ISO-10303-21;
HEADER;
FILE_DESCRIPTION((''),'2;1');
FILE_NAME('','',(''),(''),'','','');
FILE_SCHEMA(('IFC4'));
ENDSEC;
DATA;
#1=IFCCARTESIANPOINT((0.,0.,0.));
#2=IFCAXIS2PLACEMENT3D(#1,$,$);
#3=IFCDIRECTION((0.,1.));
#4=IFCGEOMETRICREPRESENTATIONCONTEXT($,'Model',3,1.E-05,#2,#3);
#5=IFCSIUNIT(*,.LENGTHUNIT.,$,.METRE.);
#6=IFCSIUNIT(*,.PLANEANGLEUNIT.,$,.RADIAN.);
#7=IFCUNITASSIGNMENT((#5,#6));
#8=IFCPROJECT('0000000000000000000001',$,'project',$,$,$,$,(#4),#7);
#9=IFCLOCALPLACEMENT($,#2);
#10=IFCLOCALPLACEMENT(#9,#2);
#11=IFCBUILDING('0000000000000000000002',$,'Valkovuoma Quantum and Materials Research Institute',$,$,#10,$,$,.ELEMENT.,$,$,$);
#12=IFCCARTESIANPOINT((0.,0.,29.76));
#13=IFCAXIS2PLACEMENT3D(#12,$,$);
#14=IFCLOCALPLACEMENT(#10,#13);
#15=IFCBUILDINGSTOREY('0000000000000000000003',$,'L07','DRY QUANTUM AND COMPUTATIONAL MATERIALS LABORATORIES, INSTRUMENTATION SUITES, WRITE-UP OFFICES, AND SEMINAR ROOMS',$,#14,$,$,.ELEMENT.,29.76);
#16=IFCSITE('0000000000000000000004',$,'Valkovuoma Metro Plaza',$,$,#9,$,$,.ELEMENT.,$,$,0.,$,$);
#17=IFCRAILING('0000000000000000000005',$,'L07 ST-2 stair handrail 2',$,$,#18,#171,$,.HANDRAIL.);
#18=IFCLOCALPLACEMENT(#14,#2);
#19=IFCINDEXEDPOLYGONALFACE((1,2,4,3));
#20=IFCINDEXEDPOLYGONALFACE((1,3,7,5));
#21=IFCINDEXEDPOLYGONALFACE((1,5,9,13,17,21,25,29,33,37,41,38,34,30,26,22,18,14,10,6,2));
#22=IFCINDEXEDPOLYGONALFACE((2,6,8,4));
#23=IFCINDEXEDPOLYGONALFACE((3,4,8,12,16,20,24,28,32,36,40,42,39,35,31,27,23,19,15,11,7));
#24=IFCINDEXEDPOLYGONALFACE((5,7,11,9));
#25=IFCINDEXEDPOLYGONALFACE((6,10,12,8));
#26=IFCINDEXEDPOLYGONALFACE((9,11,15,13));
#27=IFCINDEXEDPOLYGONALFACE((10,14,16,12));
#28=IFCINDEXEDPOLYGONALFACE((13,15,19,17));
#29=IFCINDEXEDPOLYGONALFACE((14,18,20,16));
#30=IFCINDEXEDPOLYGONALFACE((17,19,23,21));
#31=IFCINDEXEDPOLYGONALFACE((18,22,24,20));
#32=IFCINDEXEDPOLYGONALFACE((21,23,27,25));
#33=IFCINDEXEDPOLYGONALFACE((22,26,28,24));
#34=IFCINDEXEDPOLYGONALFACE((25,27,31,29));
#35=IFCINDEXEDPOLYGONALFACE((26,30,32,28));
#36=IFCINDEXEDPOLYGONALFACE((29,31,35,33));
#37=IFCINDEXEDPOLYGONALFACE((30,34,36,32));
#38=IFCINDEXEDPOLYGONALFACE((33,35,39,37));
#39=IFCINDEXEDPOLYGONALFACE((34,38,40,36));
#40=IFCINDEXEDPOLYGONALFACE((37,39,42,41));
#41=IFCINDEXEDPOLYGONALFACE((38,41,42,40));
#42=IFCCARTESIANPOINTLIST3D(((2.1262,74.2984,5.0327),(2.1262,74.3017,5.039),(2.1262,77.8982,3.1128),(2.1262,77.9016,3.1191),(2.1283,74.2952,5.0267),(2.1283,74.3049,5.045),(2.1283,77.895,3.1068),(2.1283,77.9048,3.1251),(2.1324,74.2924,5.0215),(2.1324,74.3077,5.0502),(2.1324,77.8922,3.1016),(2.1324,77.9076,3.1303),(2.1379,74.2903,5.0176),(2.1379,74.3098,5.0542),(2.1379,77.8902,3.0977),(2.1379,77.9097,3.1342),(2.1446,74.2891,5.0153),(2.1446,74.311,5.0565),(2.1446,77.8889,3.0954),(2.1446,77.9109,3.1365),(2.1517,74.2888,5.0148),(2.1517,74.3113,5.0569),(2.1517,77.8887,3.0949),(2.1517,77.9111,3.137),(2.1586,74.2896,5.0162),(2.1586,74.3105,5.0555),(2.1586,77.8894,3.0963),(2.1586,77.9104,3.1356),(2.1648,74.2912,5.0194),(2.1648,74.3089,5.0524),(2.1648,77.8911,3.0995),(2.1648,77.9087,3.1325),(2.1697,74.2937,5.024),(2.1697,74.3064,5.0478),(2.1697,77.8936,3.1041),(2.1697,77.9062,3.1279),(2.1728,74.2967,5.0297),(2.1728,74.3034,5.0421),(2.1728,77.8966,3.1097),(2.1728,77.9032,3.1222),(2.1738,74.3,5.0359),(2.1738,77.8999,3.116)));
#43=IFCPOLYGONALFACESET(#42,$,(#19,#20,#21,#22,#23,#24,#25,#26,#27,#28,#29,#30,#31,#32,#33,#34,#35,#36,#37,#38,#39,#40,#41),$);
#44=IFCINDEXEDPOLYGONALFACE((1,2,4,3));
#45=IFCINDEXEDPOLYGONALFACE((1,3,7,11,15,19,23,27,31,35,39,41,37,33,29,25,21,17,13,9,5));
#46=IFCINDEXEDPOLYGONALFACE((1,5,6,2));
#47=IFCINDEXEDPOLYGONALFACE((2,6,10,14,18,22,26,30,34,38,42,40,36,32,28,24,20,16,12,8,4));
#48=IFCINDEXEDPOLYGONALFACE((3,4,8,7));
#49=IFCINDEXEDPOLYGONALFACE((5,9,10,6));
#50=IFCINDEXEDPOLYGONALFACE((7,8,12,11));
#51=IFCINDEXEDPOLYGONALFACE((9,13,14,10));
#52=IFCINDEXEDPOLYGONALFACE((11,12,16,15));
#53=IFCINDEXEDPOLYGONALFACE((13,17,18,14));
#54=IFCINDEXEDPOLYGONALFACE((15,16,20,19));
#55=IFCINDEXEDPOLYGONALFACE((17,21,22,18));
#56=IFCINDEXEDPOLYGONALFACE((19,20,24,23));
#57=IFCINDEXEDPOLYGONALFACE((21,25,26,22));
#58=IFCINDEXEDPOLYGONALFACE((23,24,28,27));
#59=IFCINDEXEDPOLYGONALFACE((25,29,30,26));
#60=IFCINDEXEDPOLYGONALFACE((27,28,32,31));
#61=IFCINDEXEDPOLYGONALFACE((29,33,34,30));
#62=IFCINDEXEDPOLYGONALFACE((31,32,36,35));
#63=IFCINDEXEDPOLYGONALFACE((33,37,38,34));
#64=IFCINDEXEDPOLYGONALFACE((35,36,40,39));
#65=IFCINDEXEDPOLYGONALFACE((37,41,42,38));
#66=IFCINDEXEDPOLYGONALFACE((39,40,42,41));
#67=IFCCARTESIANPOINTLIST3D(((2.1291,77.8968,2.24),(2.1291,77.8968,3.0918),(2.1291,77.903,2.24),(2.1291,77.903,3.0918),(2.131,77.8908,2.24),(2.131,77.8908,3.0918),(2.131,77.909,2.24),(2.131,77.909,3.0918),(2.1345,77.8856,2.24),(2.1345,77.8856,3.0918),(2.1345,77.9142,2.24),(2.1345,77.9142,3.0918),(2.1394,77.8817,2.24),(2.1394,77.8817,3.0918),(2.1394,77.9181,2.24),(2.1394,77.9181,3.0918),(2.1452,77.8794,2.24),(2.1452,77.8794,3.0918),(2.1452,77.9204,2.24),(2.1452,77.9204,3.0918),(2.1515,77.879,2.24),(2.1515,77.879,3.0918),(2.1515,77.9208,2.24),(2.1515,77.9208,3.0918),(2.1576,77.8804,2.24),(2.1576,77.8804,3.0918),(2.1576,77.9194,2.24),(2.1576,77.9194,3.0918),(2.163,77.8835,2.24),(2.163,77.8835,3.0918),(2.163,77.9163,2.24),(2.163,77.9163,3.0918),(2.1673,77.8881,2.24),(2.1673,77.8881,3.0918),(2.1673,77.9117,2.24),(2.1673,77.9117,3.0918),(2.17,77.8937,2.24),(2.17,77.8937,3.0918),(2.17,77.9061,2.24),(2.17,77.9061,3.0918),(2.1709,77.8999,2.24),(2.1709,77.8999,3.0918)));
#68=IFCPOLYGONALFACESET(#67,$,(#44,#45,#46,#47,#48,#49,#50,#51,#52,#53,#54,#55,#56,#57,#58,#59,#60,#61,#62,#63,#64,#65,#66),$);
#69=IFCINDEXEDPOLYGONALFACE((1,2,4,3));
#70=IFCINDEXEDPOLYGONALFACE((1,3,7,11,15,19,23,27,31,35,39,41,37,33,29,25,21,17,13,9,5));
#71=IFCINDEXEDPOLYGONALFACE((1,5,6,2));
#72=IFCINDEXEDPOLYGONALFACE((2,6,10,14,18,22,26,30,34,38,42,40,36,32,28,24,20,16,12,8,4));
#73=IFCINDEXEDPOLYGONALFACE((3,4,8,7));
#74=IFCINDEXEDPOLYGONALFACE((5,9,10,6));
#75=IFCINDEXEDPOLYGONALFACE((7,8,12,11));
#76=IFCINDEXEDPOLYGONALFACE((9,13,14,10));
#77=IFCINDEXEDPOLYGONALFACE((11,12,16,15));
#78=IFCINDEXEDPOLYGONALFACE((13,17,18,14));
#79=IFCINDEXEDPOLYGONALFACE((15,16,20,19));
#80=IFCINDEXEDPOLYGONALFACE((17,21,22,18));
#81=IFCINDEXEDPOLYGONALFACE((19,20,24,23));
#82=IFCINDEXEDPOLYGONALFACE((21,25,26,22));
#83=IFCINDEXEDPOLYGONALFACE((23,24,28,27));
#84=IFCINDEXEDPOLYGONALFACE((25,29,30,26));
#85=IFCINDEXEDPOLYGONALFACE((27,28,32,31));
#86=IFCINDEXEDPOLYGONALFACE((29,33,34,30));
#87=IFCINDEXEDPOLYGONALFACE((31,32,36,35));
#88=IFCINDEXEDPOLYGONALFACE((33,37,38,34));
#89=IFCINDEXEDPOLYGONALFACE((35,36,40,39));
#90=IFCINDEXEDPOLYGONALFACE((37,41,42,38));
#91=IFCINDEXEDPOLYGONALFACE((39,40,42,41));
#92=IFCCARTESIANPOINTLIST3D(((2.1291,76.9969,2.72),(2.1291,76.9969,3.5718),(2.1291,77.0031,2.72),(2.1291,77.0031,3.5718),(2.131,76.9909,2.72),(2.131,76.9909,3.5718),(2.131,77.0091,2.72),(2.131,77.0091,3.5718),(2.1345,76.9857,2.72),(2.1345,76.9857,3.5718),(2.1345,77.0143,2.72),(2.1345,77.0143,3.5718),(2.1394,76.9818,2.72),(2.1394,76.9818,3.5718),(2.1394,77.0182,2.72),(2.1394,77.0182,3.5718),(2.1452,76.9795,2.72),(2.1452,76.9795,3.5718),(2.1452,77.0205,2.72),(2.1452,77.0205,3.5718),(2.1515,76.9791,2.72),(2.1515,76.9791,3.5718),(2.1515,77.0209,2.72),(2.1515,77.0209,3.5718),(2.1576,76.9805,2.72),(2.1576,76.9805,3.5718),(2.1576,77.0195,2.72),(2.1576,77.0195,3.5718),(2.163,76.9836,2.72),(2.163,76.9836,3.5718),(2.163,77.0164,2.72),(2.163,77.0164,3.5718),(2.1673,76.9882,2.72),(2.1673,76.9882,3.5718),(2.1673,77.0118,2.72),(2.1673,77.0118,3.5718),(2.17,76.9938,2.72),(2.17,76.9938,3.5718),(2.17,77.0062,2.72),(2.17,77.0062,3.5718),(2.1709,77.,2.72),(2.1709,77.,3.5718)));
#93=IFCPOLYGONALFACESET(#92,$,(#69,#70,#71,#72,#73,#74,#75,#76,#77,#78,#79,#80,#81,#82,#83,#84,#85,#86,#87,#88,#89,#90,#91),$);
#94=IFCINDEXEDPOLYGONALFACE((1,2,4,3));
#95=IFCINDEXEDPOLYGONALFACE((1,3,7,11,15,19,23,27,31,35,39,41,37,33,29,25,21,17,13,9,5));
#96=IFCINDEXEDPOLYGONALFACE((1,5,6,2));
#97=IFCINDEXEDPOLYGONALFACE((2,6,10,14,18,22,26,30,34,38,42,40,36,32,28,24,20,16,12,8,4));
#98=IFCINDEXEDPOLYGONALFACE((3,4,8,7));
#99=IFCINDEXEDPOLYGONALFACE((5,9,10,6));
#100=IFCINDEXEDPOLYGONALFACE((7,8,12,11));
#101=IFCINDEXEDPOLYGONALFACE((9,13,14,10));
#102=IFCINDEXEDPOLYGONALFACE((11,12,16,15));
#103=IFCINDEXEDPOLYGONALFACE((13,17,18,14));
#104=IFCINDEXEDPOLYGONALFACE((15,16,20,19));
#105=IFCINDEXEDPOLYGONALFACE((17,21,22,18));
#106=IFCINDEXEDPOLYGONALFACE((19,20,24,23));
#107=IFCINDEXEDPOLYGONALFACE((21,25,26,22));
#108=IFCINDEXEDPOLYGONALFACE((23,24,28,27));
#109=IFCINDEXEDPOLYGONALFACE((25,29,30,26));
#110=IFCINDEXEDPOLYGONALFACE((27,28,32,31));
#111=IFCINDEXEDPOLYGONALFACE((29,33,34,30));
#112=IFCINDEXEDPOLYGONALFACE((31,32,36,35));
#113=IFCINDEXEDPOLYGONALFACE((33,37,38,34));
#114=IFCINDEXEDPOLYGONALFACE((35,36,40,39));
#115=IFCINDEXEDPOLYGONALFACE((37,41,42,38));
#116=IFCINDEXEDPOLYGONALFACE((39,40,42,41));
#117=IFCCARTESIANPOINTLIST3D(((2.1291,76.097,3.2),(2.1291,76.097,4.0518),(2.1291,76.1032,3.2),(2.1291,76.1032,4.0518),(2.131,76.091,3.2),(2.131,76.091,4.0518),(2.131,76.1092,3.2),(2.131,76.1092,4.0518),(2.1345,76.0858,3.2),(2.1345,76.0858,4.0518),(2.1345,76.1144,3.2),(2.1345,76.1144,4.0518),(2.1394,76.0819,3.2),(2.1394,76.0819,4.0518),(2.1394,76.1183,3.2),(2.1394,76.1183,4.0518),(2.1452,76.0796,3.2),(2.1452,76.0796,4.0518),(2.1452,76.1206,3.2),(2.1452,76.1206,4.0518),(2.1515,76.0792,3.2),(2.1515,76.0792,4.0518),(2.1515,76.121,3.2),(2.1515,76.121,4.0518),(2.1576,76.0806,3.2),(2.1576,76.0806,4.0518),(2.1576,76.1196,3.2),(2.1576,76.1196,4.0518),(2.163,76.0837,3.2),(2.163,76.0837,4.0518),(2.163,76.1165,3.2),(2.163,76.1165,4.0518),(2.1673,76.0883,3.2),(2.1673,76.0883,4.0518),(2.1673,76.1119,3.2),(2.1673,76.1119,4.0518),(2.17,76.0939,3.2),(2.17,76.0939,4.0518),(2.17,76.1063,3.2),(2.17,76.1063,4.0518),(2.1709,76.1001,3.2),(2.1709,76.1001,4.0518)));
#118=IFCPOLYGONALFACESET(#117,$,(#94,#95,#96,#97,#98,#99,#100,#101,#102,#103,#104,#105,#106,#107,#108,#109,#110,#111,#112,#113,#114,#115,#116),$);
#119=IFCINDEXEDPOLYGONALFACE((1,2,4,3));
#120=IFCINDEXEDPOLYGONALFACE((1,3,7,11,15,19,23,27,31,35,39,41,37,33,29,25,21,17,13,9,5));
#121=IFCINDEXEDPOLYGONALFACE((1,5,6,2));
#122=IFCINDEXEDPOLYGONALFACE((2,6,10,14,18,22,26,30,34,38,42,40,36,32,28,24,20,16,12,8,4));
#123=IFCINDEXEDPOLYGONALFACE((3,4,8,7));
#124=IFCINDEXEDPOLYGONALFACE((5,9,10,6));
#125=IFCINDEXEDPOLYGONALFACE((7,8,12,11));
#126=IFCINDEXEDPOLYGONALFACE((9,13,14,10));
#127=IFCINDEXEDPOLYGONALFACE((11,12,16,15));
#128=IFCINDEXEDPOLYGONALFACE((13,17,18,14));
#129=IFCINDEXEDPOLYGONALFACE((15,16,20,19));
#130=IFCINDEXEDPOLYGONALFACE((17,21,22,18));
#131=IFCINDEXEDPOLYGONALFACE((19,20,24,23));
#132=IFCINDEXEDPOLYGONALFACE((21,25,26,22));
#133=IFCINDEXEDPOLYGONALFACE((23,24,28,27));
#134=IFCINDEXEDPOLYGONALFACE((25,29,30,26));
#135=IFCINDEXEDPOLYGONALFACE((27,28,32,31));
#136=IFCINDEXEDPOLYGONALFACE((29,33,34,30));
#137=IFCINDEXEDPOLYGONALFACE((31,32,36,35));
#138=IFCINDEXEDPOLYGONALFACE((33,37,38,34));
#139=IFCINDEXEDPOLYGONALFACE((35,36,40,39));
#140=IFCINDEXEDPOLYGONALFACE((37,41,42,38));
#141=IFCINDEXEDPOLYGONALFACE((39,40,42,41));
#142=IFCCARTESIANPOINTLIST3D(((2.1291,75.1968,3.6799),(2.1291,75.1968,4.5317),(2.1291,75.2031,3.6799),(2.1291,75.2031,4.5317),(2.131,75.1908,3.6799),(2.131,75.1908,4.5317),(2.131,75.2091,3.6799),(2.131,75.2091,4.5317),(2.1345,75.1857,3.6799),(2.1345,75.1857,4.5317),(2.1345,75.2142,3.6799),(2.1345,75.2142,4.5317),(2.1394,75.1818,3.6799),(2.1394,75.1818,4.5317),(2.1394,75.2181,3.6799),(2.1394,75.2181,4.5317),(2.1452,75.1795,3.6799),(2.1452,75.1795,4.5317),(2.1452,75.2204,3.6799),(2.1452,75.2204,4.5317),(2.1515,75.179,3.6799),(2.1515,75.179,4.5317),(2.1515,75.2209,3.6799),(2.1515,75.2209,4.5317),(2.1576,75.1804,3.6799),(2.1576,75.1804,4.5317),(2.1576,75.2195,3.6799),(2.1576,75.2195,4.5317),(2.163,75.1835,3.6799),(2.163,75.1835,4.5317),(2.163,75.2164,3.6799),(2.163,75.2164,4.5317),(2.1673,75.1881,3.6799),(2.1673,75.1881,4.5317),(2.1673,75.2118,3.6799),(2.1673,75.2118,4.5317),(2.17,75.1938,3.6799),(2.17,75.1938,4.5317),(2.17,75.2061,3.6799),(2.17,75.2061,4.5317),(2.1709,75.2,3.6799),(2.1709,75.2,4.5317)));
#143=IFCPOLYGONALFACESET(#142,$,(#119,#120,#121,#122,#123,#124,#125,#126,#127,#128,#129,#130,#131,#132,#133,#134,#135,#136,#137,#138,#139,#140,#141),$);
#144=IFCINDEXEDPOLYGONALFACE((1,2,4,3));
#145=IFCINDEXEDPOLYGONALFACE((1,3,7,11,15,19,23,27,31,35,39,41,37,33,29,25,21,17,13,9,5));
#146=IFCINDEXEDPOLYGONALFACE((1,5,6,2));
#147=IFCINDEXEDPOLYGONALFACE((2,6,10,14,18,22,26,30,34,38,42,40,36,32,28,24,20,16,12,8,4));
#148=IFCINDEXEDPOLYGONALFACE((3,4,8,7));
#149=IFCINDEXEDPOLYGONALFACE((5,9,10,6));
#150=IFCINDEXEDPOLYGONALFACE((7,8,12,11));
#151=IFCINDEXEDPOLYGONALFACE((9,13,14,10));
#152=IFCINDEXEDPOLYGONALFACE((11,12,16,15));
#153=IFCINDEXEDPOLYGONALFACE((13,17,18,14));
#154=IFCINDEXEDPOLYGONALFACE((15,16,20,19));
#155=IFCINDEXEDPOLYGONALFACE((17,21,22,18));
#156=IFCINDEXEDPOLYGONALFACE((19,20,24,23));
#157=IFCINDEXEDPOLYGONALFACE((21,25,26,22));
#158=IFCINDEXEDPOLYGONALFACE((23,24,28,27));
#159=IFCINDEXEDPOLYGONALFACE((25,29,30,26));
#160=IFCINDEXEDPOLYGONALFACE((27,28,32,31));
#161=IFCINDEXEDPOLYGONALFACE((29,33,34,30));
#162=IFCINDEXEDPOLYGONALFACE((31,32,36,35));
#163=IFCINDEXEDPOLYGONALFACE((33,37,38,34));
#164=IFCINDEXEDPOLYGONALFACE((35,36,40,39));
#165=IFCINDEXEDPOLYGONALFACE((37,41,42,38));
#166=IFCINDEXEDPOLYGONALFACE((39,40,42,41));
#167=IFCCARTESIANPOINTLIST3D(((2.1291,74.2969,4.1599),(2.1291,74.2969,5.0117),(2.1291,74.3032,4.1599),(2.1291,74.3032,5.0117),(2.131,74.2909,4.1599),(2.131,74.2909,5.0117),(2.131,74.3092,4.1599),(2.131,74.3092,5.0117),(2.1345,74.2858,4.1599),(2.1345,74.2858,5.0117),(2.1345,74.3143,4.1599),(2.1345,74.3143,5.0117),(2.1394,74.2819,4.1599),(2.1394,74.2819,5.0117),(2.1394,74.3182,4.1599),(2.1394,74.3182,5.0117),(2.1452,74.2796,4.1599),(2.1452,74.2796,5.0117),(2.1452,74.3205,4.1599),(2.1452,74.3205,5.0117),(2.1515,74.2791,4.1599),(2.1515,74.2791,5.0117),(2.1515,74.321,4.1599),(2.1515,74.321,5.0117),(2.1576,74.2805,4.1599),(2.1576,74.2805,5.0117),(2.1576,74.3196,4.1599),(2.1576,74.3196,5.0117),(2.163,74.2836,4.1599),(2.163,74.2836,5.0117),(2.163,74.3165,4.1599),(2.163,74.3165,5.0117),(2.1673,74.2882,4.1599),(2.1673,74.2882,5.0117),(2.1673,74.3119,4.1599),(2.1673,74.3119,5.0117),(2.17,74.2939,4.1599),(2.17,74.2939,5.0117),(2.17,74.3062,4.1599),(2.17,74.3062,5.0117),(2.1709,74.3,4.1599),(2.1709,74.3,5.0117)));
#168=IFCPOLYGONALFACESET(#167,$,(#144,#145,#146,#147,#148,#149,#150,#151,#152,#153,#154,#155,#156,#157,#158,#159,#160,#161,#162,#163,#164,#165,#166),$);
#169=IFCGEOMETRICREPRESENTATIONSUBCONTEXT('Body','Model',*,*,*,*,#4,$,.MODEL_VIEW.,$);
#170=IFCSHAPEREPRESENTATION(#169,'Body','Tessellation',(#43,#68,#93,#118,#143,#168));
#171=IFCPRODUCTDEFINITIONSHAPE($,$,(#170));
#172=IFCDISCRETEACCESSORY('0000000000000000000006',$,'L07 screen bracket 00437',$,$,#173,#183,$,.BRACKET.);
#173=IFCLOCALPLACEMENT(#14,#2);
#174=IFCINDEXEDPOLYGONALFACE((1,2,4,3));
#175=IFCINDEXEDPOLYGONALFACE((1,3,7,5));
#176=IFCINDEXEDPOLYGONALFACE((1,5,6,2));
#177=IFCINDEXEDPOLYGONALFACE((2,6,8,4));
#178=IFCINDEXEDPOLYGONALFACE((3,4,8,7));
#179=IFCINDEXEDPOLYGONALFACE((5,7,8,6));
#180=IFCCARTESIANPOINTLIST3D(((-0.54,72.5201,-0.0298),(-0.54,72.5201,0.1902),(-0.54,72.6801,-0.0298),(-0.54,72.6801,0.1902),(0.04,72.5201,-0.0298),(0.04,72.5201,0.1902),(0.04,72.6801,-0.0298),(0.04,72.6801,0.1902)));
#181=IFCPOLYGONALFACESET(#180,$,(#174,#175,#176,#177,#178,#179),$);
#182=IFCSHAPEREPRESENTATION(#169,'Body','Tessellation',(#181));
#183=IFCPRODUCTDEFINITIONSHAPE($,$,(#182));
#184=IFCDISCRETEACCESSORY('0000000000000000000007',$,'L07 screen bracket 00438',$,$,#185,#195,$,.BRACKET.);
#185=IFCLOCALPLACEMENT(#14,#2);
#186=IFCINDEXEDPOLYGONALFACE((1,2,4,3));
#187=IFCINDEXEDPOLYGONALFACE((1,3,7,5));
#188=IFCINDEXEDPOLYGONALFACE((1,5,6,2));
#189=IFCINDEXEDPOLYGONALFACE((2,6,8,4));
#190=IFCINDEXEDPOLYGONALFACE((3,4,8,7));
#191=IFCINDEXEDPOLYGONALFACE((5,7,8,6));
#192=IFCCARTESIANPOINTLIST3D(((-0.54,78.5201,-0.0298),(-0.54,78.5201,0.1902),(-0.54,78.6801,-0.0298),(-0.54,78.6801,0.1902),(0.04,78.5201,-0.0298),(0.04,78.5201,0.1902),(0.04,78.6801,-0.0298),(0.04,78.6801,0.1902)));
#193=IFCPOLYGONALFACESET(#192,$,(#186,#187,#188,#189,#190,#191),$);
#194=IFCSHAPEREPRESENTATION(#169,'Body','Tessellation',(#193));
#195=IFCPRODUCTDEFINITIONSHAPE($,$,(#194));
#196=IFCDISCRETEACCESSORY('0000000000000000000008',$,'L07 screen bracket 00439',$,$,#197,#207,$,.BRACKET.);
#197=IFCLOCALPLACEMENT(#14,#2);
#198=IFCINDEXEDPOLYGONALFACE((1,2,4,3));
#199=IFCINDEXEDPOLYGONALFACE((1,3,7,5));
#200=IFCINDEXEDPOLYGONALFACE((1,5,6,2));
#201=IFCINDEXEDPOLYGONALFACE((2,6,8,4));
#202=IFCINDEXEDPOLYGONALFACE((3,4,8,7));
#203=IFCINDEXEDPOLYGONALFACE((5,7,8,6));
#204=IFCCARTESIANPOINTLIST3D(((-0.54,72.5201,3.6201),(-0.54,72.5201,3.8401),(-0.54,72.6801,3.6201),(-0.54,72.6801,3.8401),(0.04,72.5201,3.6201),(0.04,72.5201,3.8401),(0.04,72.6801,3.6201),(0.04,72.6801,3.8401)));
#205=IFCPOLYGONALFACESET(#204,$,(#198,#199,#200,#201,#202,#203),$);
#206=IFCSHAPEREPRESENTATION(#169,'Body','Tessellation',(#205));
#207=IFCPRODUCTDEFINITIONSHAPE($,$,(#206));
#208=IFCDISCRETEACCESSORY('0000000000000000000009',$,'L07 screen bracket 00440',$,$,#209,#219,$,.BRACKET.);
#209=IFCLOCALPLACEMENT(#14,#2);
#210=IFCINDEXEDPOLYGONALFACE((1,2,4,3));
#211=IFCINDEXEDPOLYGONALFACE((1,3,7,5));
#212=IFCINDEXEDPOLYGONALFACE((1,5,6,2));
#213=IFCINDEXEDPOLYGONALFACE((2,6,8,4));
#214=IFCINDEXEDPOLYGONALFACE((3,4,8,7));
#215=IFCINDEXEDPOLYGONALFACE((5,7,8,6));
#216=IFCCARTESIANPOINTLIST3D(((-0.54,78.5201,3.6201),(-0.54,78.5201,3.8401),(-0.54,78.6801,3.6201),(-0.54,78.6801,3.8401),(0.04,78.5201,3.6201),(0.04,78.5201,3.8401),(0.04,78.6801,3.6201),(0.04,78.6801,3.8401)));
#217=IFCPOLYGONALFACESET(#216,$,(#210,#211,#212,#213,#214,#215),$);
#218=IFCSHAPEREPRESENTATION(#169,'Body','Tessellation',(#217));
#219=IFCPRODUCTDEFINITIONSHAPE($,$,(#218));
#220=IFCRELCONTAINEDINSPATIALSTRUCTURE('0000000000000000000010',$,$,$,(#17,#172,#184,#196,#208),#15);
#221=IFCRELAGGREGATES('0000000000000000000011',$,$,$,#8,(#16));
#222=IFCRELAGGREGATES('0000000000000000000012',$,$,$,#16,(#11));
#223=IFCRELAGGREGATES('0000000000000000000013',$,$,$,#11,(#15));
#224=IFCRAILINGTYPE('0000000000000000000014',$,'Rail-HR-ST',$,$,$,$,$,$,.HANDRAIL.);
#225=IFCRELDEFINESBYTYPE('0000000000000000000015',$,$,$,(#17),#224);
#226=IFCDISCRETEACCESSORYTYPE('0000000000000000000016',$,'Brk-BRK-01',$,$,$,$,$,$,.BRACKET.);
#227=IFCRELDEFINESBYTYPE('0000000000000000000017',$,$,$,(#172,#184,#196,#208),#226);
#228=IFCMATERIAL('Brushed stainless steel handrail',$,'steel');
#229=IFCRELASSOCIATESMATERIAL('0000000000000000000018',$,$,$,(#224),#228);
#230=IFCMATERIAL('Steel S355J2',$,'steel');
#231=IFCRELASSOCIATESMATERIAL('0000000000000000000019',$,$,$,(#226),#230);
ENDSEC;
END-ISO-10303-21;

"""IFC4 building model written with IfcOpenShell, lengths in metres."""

from ifc_helpers import new_model, si_unit, direction, frame, origin, origin_2d, place, context, subcontext, project, spatial, rectangle, circle, extrude, material, type_object, element, save


model = new_model("IFC4")

# Units and contexts
model_context = context("Model", 3, precision=1e-05, world=origin(), true_north=direction((0.0, 1.0)))
body_context = subcontext(model_context, "Body", "Model", "MODEL_VIEW")
ifc_project = project(units=[si_unit("LENGTHUNIT", "METRE"), si_unit("PLANEANGLEUNIT", "RADIAN")], contexts=[model_context])

# Site, building, storey
site_placement = place(None, origin())
site = spatial("IfcSite", under=ifc_project, at=site_placement, Name="Valkovuoma Metro Plaza", CompositionType="ELEMENT", RefElevation=0.0)
building_placement = place(site_placement, origin())
building = spatial("IfcBuilding", under=site, at=building_placement, Name="Valkovuoma Quantum and Materials Research Institute", CompositionType="ELEMENT")
storey_placement = place(building_placement, frame((0.0, 0.0, 29.76)))
storey = spatial("IfcBuildingStorey", under=building, at=storey_placement, Name="L07", Description="DRY QUANTUM AND COMPUTATIONAL MATERIALS LABORATORIES, INSTRUMENTATION SUITES, WRITE-UP OFFICES, AND SEMINAR ROOMS", CompositionType="ELEMENT", Elevation=29.76)

# Railing
ifc_material_1 = material(Name="Brushed stainless steel handrail", Category="steel")
railing_type_1 = type_object("IfcRailingType", Name="Rail-HR-ST", PredefinedType="HANDRAIL", material=ifc_material_1)
railing_1_placement = place(storey_placement, frame((2.1499, 77.8999, 2.24)))
element("IfcRailing", 1, at=railing_1_placement, inside=storey, type_object=railing_type_1, Name="L07 ST-2 stair handrail 2", PredefinedType="HANDRAIL", context=body_context, shape_type="SweptSolid", body=[
    extrude(circle(Radius=0.0239, at=origin_2d()), frame((0.0, 0.0, 0.876), z_axis=(0.0, -0.882353, 0.470588), x_axis=(1.0, 0.0, 0.0)), (0.0, 0.0, 1.0), 4.0798),
    extrude(circle(Radius=0.021, at=origin_2d()), origin(), (0.0, 0.0, 1.0), 0.8518),
    extrude(circle(Radius=0.021, at=origin_2d()), frame((0.0, -0.8999, 0.48)), (0.0, 0.0, 1.0), 0.8518),
    extrude(circle(Radius=0.021, at=origin_2d()), frame((0.0, -1.7998, 0.96)), (0.0, 0.0, 1.0), 0.8518),
    extrude(circle(Radius=0.021, at=origin_2d()), frame((0.0, -2.7, 1.4399)), (0.0, 0.0, 1.0), 0.8518),
    extrude(circle(Radius=0.021, at=origin_2d()), frame((0.0, -3.5999, 1.9199)), (0.0, 0.0, 1.0), 0.8518),
])

# Discrete accessories
ifc_material_2 = material(Name="Steel S355J2", Category="steel")
discrete_accessory_type = type_object("IfcDiscreteAccessoryType", Name="Brk-BRK-01", PredefinedType="BRACKET", material=ifc_material_2)
for number, where, z_axis, x_axis, name in (
    (2, (-0.25, 72.6001, -0.0298), (0.0, 0.0, 1.0), (1.0, 0.0, 0.0), "L07 screen bracket 00437"),
    (3, (-0.25, 78.6001, -0.0298), (0.0, 0.0, 1.0), (1.0, 0.0, 0.0), "L07 screen bracket 00438"),
    (4, (-0.25, 72.6001, 3.6201), (0.0, 0.0, 1.0), (1.0, 0.0, 0.0), "L07 screen bracket 00439"),
    (5, (-0.25, 78.6001, 3.6201), (0.0, 0.0, 1.0), (1.0, 0.0, 0.0), "L07 screen bracket 00440"),
):
    element("IfcDiscreteAccessory", number, at=place(storey_placement, frame(where, z_axis=z_axis, x_axis=x_axis)), inside=storey, type_object=discrete_accessory_type, Name=name, PredefinedType="BRACKET", context=body_context, shape_type="SweptSolid", body=[
        extrude(rectangle(XDim=0.5801, YDim=0.1599, at=origin_2d()), origin(), (0.0, 0.0, 1.0), 0.22),
    ])

save(model, "model.ifc")
